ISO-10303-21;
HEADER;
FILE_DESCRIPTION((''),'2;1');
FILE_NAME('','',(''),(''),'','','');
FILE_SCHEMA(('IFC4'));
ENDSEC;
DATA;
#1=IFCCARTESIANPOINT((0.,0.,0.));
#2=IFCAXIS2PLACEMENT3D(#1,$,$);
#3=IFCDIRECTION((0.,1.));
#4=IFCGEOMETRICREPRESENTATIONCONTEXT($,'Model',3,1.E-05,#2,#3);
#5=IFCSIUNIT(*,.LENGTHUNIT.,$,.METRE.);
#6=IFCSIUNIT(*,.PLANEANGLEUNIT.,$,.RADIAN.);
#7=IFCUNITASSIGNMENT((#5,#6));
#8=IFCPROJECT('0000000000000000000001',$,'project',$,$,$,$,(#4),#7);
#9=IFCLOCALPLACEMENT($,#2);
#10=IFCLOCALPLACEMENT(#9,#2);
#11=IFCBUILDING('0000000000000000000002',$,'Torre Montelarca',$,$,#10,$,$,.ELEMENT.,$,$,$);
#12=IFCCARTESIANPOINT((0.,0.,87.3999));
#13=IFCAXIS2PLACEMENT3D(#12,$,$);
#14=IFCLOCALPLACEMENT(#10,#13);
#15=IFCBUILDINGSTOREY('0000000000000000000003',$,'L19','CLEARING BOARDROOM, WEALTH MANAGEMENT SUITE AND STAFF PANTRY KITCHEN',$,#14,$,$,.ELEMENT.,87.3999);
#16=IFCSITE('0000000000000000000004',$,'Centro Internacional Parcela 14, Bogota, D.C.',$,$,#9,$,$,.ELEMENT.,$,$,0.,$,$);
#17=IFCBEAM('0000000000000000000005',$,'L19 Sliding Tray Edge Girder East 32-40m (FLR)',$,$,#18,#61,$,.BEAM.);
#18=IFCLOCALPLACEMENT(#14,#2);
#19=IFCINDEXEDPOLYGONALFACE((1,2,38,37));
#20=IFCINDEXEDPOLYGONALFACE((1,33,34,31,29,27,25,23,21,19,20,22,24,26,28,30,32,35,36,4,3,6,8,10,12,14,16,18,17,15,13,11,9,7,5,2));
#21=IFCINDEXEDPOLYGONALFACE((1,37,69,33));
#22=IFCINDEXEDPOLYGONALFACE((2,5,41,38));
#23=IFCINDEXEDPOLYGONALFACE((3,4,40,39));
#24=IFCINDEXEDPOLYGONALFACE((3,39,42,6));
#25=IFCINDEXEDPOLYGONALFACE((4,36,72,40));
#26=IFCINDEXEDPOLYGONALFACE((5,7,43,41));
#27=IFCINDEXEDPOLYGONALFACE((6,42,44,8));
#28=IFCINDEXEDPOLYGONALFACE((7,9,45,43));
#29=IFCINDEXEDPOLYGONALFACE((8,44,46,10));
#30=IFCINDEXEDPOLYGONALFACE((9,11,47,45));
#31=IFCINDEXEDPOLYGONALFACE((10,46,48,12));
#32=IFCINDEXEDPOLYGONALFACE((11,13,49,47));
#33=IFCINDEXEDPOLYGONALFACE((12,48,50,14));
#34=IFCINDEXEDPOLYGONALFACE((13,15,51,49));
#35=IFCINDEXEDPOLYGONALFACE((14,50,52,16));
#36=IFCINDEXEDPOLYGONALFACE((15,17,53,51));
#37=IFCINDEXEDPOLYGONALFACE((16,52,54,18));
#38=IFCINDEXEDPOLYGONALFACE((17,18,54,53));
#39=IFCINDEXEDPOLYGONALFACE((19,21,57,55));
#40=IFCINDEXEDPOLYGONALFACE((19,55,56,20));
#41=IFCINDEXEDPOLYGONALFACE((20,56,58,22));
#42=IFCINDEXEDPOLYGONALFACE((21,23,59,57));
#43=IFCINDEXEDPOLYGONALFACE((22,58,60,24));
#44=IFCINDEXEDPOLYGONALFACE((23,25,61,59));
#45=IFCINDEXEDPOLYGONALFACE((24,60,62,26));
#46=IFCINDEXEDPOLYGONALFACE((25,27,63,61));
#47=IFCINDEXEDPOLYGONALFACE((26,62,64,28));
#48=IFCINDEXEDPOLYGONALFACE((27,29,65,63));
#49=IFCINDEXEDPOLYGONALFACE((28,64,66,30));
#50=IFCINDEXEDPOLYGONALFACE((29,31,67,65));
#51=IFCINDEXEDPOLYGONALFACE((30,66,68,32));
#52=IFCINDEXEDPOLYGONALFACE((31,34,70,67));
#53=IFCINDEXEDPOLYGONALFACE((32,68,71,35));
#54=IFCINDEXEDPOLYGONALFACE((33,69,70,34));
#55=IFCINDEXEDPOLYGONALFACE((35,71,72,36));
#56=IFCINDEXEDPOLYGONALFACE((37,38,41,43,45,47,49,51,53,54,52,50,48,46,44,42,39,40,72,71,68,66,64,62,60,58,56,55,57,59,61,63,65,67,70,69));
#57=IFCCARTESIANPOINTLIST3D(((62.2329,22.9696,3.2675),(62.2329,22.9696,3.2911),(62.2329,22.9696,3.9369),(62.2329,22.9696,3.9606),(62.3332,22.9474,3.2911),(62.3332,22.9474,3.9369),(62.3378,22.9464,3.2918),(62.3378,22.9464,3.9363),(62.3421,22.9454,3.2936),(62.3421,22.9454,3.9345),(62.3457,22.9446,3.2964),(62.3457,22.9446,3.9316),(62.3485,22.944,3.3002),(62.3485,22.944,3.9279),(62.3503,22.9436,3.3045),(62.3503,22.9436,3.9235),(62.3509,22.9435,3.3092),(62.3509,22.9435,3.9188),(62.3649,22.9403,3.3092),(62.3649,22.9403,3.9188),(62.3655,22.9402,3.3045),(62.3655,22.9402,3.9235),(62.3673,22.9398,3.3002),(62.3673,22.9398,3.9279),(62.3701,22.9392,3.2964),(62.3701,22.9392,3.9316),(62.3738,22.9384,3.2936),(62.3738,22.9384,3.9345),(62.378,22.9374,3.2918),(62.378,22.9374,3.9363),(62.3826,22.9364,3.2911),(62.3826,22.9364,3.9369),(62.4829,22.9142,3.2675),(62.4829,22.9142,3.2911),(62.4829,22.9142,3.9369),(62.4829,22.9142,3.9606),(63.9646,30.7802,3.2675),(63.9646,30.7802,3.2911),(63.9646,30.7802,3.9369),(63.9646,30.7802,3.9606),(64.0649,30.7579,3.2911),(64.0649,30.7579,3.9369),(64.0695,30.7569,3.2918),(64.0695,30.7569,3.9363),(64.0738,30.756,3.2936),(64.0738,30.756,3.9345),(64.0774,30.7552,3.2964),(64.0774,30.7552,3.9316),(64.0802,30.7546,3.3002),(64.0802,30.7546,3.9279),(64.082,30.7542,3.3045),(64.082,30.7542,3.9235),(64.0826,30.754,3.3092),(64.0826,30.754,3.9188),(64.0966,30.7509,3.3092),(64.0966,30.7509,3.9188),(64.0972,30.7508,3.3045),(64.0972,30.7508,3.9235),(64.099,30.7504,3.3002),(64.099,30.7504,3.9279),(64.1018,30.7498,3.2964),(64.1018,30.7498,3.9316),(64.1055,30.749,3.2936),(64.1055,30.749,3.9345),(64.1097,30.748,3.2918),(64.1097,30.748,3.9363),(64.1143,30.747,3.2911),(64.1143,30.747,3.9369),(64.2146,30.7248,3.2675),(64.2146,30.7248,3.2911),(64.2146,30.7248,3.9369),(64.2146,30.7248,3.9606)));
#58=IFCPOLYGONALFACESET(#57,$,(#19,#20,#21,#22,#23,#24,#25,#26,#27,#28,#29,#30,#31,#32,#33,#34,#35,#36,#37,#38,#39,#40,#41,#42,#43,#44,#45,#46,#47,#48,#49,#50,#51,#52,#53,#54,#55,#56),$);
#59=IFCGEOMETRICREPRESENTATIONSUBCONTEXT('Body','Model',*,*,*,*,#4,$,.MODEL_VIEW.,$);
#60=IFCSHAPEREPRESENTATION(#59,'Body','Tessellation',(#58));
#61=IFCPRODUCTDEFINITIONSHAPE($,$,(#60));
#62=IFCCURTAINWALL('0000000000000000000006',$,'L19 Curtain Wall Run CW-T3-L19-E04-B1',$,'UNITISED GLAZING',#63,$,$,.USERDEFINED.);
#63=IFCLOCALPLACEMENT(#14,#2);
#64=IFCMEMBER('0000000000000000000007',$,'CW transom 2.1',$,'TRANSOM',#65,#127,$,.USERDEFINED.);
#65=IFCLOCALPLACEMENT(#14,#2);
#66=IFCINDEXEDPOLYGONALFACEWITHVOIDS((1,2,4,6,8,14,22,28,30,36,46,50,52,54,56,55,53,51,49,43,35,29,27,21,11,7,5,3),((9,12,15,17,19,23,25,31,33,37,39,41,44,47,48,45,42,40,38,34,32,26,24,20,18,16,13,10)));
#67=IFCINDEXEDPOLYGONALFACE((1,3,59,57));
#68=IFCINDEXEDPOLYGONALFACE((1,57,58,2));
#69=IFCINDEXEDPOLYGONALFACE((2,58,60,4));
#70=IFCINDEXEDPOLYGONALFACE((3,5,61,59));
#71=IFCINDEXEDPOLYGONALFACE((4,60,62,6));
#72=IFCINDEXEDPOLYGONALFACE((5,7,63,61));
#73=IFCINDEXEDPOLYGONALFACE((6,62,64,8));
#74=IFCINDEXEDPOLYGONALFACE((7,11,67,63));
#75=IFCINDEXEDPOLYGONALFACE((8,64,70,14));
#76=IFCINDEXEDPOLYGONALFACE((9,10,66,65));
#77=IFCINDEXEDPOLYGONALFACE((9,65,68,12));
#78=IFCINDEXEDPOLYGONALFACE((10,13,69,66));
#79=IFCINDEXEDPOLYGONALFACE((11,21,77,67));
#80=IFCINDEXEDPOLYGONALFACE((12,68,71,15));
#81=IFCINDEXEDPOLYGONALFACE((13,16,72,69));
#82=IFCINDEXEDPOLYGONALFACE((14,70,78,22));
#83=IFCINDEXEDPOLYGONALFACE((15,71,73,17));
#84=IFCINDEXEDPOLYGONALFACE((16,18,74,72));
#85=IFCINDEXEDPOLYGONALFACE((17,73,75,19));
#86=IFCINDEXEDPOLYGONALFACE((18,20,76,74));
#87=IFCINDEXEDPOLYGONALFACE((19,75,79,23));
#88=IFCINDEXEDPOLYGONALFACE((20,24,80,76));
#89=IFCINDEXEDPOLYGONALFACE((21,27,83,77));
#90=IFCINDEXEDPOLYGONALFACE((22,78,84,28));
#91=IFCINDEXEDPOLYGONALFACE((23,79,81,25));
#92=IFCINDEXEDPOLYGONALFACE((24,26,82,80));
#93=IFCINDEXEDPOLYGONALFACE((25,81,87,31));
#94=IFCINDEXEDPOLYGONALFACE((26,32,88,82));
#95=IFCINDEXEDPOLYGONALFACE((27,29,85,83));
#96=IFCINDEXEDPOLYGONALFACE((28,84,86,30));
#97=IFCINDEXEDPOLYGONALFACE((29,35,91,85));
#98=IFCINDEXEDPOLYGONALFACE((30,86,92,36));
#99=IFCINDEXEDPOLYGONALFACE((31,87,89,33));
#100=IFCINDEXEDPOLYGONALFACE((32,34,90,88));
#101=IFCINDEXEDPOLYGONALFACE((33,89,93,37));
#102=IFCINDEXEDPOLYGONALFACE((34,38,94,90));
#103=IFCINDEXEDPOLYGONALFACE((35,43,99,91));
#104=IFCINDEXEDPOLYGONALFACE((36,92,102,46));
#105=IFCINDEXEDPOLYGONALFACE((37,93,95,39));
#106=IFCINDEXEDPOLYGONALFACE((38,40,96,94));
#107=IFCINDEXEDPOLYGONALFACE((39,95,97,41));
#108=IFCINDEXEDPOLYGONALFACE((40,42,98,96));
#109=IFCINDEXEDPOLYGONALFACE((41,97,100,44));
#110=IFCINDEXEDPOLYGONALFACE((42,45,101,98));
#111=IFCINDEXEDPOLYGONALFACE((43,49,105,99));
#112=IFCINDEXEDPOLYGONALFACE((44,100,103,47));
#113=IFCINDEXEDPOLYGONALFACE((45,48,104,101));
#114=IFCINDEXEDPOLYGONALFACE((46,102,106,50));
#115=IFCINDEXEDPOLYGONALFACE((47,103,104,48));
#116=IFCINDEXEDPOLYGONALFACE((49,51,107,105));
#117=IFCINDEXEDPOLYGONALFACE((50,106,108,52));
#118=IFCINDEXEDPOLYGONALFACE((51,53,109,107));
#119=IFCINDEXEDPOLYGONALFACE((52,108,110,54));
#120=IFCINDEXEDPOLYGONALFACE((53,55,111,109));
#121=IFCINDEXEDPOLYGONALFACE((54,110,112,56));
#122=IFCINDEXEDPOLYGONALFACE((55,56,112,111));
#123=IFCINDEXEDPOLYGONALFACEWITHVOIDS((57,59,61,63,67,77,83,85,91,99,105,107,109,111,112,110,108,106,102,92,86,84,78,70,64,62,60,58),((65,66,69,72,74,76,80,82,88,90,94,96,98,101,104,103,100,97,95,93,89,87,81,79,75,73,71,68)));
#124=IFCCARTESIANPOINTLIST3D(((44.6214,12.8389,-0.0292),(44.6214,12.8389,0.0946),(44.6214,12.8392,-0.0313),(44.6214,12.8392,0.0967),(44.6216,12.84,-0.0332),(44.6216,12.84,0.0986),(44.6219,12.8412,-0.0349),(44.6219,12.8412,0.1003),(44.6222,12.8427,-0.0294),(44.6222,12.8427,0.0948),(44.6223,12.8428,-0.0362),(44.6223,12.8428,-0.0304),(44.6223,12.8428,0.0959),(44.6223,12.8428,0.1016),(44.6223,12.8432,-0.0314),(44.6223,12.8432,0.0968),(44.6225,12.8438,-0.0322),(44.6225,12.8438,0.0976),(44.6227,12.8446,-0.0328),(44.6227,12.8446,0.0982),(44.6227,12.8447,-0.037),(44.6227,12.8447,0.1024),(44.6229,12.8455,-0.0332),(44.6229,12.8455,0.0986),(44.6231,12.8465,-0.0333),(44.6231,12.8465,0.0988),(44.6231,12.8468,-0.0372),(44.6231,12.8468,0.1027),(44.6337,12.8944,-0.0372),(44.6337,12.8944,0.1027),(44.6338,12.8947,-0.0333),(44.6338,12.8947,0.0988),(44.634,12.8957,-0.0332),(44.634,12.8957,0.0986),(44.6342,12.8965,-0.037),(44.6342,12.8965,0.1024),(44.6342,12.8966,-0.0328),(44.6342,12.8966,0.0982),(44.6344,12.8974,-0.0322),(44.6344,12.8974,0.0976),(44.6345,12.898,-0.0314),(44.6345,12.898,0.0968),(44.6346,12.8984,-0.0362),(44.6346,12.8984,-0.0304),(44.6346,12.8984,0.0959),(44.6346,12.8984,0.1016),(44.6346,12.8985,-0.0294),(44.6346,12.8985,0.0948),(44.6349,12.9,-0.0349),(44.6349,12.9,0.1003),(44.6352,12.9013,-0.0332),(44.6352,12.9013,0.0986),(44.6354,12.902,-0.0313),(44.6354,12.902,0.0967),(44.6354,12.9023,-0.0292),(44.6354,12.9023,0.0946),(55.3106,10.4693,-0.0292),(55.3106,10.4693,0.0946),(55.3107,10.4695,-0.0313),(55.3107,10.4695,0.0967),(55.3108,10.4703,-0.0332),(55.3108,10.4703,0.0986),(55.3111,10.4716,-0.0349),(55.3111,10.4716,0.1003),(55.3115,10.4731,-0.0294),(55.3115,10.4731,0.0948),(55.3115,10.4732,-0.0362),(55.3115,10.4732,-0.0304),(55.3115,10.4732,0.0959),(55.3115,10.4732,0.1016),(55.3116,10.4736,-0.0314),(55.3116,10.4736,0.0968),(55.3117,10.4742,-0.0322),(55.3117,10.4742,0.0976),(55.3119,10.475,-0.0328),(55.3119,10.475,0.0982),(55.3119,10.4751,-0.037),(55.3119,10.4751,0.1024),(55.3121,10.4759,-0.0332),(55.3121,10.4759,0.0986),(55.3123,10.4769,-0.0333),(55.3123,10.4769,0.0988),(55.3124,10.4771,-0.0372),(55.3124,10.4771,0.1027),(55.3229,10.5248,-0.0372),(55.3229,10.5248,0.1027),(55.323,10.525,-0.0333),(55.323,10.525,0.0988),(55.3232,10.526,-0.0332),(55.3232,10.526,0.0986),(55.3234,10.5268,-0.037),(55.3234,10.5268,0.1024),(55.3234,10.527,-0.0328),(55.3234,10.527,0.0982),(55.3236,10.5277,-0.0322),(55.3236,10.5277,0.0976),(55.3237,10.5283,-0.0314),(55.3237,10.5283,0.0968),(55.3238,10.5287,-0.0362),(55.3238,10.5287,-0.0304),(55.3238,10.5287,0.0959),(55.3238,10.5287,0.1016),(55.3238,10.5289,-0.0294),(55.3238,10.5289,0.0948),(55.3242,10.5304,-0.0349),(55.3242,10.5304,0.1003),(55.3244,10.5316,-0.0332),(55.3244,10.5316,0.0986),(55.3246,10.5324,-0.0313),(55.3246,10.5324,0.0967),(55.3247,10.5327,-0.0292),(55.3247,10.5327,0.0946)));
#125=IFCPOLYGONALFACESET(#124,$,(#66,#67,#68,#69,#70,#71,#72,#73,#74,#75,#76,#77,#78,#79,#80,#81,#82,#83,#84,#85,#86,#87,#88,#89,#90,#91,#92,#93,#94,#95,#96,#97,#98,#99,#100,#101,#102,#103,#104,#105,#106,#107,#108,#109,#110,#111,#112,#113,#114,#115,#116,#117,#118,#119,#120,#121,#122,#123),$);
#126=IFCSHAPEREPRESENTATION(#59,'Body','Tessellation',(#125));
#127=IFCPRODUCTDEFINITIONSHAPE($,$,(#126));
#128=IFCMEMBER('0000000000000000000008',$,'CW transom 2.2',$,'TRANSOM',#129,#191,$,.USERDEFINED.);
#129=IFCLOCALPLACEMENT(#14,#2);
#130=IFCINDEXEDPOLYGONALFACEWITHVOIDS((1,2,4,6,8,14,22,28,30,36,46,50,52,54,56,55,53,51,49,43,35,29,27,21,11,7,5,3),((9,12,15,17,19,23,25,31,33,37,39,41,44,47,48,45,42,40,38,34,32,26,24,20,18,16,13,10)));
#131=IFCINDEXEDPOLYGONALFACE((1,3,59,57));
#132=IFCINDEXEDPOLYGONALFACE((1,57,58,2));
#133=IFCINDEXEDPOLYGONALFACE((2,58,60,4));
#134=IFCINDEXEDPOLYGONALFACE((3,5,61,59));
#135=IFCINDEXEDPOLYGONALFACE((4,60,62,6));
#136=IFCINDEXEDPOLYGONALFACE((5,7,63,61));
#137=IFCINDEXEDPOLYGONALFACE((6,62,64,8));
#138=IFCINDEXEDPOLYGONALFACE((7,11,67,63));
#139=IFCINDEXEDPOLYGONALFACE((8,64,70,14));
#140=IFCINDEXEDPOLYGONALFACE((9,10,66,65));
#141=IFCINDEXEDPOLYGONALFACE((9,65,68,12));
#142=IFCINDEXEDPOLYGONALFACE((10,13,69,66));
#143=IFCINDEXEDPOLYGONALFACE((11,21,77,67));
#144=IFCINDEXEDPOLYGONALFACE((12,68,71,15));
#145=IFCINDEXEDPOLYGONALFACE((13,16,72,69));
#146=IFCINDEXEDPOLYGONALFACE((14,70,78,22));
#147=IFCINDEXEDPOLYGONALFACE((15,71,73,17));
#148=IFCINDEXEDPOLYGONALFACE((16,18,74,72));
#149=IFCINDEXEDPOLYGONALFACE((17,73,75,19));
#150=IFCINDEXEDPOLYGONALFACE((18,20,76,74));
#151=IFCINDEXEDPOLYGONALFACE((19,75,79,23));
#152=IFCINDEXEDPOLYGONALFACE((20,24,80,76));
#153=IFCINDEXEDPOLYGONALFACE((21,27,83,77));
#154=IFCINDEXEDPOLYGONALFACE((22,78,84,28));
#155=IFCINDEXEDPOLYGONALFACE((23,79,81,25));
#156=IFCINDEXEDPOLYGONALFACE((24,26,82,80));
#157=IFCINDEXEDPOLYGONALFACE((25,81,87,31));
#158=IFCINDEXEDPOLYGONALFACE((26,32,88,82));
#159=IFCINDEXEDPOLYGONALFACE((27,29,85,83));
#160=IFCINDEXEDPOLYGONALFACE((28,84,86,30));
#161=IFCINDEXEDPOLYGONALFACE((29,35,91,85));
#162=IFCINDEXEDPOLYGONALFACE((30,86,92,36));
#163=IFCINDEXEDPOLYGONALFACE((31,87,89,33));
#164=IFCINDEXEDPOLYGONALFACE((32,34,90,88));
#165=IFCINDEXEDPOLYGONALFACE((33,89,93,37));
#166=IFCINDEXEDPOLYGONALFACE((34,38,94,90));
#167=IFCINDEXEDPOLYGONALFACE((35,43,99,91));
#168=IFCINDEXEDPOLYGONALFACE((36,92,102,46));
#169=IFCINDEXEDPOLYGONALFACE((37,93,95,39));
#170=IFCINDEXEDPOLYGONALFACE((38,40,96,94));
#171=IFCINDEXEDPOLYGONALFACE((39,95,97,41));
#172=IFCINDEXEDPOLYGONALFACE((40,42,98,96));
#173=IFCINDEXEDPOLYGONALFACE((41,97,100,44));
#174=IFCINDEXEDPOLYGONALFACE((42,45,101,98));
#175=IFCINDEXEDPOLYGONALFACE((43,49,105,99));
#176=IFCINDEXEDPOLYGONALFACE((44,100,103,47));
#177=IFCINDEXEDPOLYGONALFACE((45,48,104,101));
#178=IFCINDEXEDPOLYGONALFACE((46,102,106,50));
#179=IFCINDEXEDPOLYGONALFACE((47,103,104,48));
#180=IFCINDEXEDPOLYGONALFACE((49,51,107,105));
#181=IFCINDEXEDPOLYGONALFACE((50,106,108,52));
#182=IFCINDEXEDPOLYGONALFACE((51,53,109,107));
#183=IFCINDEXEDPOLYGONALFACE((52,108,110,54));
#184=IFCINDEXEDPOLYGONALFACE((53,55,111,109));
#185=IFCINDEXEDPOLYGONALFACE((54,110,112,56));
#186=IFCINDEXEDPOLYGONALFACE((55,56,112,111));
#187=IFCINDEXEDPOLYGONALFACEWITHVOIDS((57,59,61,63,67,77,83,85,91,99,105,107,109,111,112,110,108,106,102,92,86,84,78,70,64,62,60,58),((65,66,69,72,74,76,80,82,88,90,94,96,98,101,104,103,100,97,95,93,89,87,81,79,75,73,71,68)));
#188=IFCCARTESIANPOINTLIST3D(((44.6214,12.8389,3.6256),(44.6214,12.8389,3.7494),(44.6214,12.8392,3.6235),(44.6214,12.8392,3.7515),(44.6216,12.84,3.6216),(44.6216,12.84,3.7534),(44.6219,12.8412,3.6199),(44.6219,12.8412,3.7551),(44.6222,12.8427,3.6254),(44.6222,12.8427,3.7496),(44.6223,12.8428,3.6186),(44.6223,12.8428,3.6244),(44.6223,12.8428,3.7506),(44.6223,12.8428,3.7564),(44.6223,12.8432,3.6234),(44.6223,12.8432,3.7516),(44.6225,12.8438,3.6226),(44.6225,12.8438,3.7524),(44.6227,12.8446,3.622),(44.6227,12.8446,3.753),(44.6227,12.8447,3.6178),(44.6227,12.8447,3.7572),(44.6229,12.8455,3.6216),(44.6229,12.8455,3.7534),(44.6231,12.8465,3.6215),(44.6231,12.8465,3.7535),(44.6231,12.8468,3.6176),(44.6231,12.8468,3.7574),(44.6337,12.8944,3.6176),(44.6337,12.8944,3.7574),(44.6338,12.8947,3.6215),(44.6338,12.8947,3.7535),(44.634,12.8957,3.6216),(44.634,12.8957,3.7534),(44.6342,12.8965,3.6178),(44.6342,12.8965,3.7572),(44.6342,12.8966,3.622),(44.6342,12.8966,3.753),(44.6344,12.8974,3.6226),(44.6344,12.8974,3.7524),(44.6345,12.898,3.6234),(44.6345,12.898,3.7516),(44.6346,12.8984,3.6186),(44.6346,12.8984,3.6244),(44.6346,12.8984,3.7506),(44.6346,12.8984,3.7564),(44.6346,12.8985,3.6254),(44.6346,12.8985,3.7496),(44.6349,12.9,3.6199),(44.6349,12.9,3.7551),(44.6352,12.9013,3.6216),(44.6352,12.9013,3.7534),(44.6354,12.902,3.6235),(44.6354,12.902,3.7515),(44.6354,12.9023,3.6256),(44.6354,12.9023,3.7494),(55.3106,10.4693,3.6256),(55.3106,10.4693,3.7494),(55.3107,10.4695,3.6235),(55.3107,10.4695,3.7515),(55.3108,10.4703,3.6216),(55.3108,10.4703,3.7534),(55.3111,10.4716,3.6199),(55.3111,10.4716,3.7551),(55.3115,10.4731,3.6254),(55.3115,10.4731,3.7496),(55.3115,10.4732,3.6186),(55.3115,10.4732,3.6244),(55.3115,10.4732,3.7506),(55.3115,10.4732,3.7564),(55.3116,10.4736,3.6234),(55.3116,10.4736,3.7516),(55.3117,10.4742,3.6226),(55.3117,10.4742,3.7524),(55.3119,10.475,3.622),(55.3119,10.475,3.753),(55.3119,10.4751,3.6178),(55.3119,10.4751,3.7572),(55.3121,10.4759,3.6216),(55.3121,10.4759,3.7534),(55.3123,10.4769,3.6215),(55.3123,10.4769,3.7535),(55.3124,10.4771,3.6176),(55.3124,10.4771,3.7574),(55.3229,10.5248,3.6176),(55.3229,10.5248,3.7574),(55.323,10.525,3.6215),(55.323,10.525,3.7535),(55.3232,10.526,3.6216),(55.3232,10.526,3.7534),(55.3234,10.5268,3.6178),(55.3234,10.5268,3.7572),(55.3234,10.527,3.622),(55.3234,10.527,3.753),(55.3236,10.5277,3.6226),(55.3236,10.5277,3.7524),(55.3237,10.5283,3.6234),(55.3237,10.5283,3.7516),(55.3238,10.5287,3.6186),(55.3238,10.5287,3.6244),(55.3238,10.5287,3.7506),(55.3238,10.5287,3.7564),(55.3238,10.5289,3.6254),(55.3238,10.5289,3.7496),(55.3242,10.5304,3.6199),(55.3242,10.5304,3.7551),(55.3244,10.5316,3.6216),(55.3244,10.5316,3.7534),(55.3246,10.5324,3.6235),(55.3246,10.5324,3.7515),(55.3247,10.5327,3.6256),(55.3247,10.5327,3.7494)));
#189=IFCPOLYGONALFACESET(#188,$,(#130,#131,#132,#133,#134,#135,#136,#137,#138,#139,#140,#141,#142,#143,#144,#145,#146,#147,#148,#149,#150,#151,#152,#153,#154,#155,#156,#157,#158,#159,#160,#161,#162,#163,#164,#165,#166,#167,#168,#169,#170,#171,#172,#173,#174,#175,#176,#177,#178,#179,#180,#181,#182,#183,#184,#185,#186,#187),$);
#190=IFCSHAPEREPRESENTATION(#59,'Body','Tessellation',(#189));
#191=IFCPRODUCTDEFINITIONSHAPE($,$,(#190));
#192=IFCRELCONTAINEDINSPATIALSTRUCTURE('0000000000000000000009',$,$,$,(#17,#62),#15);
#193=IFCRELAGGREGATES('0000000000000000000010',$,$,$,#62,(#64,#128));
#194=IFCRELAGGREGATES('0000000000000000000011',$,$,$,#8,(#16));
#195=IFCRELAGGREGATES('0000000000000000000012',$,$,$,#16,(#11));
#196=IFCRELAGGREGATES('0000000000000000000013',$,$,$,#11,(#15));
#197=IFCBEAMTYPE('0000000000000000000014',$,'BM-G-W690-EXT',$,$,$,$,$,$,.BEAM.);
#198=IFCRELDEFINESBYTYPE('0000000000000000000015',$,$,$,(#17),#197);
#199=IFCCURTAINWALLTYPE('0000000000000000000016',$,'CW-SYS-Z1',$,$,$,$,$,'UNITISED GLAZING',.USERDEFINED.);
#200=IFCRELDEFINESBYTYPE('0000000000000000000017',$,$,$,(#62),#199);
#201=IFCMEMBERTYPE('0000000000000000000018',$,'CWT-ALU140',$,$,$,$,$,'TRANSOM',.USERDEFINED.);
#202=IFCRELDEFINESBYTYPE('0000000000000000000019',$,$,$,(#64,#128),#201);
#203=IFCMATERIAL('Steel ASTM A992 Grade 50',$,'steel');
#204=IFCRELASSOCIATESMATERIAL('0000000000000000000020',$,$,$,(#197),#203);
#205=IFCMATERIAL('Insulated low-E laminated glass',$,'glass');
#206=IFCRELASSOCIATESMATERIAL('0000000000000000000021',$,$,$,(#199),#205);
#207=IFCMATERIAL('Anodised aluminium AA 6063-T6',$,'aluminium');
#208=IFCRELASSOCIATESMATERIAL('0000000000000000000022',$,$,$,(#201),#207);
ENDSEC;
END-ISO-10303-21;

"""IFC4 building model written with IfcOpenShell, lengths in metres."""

from ifc_helpers import new_model, si_unit, direction, frame, origin, origin_2d, place, context, subcontext, project, spatial, hollow_rectangle, i_section, extrude, source, transform, mapped, material, material_profile, profile_set, type_object, element, aggregate, save


model = new_model("IFC4")

# Units and contexts
model_context = context("Model", 3, precision=1e-05, world=origin(), true_north=direction((0.0, 1.0)))
body_context = subcontext(model_context, "Body", "Model", "MODEL_VIEW")
ifc_project = project(units=[si_unit("LENGTHUNIT", "METRE"), si_unit("PLANEANGLEUNIT", "RADIAN")], contexts=[model_context])

# Site, building, storey
site_placement = place(None, origin())
site = spatial("IfcSite", under=ifc_project, at=site_placement, Name="Centro Internacional Parcela 14, Bogota, D.C.", CompositionType="ELEMENT", RefElevation=0.0)
building_placement = place(site_placement, origin())
building = spatial("IfcBuilding", under=site, at=building_placement, Name="Torre Montelarca", CompositionType="ELEMENT")
storey_placement = place(building_placement, frame((0.0, 0.0, 87.3999)))
storey = spatial("IfcBuildingStorey", under=building, at=storey_placement, Name="L19", Description="CLEARING BOARDROOM, WEALTH MANAGEMENT SUITE AND STAFF PANTRY KITCHEN", CompositionType="ELEMENT", Elevation=87.3999)

# Beam
ifc_material_1 = material(Name="Steel ASTM A992 Grade 50", Category="steel")
ifc_material_profile_1 = material_profile(ifc_material_1, i_section(OverallWidth=0.2561, OverallDepth=0.6931, WebThickness=0.0144, FlangeThickness=0.0237, FilletRadius=0.0181, at=origin_2d()), Name="W690X170", Category="steel")
ifc_profile_set_1 = profile_set([ifc_material_profile_1], Name="Steel ASTM A992 Grade 50")
beam_type_1 = type_object("IfcBeamType", Name="BM-G-W690-EXT", PredefinedType="BEAM", material=ifc_profile_set_1)
shared_shape_1 = source(origin(), body_context, "Body", "SweptSolid", [
    extrude(i_section(OverallWidth=0.2561, OverallDepth=0.6931, WebThickness=0.0144, FlangeThickness=0.0237, FilletRadius=0.0181, at=origin_2d()), origin(), (0.0, 0.0, 1.0), 8.0002),
])
beam_1_placement = place(storey_placement, frame((62.3579, 22.9419, 3.614), z_axis=(0.216455, 0.976292, 0.0), x_axis=(-0.976292, 0.216455, 0.0)))
element("IfcBeam", 1, at=beam_1_placement, inside=storey, type_object=beam_type_1, Name="L19 Sliding Tray Edge Girder East 32-40m (FLR)", PredefinedType="BEAM", context=body_context, shape_type="MappedRepresentation", body=[
    mapped(shared_shape_1, transform((0.0, 0.0, 0.0), scale=1.0)),
])

# Curtain wall, members
ifc_material_2 = material(Name="Insulated low-E laminated glass", Category="glass")
curtain_wall_type = type_object("IfcCurtainWallType", Name="CW-SYS-Z1", ElementType="UNITISED GLAZING", PredefinedType="USERDEFINED", material=ifc_material_2)
curtain_wall_1_placement = place(storey_placement, origin())
curtain_wall_1 = element("IfcCurtainWall", 2, at=curtain_wall_1_placement, inside=storey, type_object=curtain_wall_type, Name="L19 Curtain Wall Run CW-T3-L19-E04-B1", ObjectType="UNITISED GLAZING", PredefinedType="USERDEFINED")
ifc_material_3 = material(Name="Anodised aluminium AA 6063-T6", Category="aluminium")
ifc_material_profile_2 = material_profile(ifc_material_3, hollow_rectangle(XDim=0.0649, YDim=0.1399, WallThickness=0.0039, InnerFilletRadius=0.0039, OuterFilletRadius=0.0081, at=origin_2d()), Name="ALU65X140X4", Category="aluminium")
ifc_profile_set_2 = profile_set([ifc_material_profile_2], Name="Anodised aluminium AA 6063-T6")
member_type_1 = type_object("IfcMemberType", Name="CWT-ALU140", ElementType="TRANSOM", PredefinedType="USERDEFINED", material=ifc_profile_set_2)
shared_shape_2 = source(origin(), body_context, "Body", "SweptSolid", [
    extrude(hollow_rectangle(XDim=0.0649, YDim=0.1399, WallThickness=0.0039, InnerFilletRadius=0.0039, OuterFilletRadius=0.0081, at=origin_2d()), origin(), (0.0, 0.0, 1.0), 10.9487),
])
member_1_placement = place(storey_placement, frame((44.6284, 12.8706, 0.0327), z_axis=(0.976298, -0.21643, 0.0), x_axis=(0.21643, 0.976298, 0.0)))
member_1 = element("IfcMember", 3, at=member_1_placement, type_object=member_type_1, Name="CW transom 2.1", ObjectType="TRANSOM", PredefinedType="USERDEFINED", context=body_context, shape_type="MappedRepresentation", body=[
    mapped(shared_shape_2, transform((0.0, 0.0, 0.0), scale=1.0)),
])
member_2_placement = place(storey_placement, frame((44.6284, 12.8706, 3.6875), z_axis=(0.976298, -0.21643, 0.0), x_axis=(0.21643, 0.976298, 0.0)))
member_2 = element("IfcMember", 4, at=member_2_placement, type_object=member_type_1, Name="CW transom 2.2", ObjectType="TRANSOM", PredefinedType="USERDEFINED", context=body_context, shape_type="MappedRepresentation", body=[
    mapped(shared_shape_2, transform((0.0, 0.0, 0.0), scale=1.0)),
])

aggregate(curtain_wall_1, [member_1, member_2])

save(model, "model.ifc")
